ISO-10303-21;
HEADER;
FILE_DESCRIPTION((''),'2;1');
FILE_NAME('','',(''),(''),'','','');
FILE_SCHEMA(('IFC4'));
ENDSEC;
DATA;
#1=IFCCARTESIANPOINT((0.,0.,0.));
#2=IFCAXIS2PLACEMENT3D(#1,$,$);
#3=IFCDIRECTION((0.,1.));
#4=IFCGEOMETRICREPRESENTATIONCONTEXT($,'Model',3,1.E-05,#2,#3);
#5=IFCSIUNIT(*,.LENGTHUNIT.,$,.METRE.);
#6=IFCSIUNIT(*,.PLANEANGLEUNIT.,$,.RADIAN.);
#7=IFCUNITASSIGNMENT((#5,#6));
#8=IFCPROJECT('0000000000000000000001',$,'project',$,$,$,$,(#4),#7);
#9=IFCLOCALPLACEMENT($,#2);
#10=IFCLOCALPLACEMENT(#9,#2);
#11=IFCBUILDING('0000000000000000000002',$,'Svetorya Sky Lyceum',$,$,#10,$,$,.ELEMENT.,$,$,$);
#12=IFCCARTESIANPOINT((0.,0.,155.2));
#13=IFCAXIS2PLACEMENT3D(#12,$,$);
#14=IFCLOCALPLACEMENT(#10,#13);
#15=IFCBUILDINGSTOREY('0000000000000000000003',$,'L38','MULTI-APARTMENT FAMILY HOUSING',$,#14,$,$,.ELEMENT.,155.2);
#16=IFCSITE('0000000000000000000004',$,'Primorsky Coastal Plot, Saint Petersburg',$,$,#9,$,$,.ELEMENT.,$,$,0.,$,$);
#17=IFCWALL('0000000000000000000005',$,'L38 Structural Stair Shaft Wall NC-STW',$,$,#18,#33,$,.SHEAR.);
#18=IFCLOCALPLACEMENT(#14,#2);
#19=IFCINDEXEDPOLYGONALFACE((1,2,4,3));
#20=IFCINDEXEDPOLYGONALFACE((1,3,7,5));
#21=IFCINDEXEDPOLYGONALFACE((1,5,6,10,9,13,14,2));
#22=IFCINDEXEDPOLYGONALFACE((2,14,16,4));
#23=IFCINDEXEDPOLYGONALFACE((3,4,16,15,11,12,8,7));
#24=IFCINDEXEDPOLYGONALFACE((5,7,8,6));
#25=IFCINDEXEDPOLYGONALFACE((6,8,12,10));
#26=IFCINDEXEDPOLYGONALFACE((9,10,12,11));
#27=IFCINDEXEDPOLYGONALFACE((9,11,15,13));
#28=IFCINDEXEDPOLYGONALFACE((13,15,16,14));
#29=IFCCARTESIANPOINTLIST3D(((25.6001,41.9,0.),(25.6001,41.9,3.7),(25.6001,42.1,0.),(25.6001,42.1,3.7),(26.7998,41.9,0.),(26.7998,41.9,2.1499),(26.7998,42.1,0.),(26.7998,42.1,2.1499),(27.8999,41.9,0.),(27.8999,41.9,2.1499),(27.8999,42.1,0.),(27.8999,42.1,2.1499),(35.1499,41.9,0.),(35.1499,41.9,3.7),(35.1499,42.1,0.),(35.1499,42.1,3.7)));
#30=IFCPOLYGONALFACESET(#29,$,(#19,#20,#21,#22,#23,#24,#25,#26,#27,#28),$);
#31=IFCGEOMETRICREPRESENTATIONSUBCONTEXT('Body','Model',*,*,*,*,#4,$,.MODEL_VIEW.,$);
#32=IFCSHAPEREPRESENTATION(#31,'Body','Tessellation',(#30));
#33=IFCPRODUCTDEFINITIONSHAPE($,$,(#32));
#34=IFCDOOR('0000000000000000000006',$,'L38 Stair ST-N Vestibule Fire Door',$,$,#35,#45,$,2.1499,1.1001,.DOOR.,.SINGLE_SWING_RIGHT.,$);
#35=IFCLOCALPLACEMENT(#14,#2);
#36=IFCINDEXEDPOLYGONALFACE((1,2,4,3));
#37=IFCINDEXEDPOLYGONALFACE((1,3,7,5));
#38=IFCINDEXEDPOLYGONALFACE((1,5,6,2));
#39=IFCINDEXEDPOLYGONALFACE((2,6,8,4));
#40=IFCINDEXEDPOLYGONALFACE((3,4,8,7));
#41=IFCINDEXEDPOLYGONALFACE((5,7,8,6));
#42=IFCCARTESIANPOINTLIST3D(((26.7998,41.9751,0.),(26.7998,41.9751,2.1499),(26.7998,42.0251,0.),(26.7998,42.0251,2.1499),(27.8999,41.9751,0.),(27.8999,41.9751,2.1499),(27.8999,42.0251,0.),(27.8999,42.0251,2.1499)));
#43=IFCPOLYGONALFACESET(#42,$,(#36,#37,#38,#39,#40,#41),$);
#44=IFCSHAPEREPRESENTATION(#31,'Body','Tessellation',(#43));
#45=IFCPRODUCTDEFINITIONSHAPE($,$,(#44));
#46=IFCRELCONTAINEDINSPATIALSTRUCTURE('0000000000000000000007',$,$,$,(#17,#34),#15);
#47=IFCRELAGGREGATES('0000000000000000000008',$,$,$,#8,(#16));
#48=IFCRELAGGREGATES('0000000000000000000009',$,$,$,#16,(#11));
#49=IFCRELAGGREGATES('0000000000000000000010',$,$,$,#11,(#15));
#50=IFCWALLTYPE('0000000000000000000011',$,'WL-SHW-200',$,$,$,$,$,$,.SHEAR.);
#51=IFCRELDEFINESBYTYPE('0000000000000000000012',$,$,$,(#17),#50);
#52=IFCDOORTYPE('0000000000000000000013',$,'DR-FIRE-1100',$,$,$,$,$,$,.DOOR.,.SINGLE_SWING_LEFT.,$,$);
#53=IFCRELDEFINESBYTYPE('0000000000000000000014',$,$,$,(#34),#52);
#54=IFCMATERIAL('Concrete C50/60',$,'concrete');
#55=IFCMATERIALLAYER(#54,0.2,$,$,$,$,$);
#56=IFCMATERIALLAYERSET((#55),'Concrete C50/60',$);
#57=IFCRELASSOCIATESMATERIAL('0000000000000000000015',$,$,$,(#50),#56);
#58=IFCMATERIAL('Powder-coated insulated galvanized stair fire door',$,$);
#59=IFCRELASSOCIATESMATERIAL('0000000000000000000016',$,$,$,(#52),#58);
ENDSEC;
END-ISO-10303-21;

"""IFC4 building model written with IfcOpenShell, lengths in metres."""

from ifc_helpers import new_model, si_unit, direction, frame, frame_2d, origin, place, context, subcontext, project, spatial, rectangle, extrude, material, layer, layer_set, type_object, element, fill, save


model = new_model("IFC4")

# Units and contexts
model_context = context("Model", 3, precision=1e-05, world=origin(), true_north=direction((0.0, 1.0)))
body_context = subcontext(model_context, "Body", "Model", "MODEL_VIEW")
ifc_project = project(units=[si_unit("LENGTHUNIT", "METRE"), si_unit("PLANEANGLEUNIT", "RADIAN")], contexts=[model_context])

# Site, building, storey
site_placement = place(None, origin())
site = spatial("IfcSite", under=ifc_project, at=site_placement, Name="Primorsky Coastal Plot, Saint Petersburg", CompositionType="ELEMENT", RefElevation=0.0)
building_placement = place(site_placement, origin())
building = spatial("IfcBuilding", under=site, at=building_placement, Name="Svetorya Sky Lyceum", CompositionType="ELEMENT")
storey_placement = place(building_placement, frame((0.0, 0.0, 155.2)))
storey = spatial("IfcBuildingStorey", under=building, at=storey_placement, Name="L38", Description="MULTI-APARTMENT FAMILY HOUSING", CompositionType="ELEMENT", Elevation=155.2)

# Shared definitions
ifc_material_1 = material(Name="Concrete C50/60", Category="concrete")

# Wall, opening, door
ifc_layer_1 = layer(ifc_material_1, 0.2)
ifc_layer_set_1 = layer_set([ifc_layer_1], Name="Concrete C50/60")
wall_type_1 = type_object("IfcWallType", Name="WL-SHW-200", PredefinedType="SHEAR", material=ifc_layer_set_1)
wall_1_placement = place(storey_placement, frame((35.1499, 42.0, 0.0), z_axis=(0.0, 0.0, 1.0), x_axis=(-1.0, 0.0, 0.0)))
wall_1 = element("IfcWall", 1, at=wall_1_placement, inside=storey, type_object=wall_type_1, Name="L38 Structural Stair Shaft Wall NC-STW", PredefinedType="SHEAR", context=body_context, shape_type="SweptSolid", body=[
    extrude(rectangle(XDim=9.5498, YDim=0.2, at=frame_2d((4.7749, 0.0))), origin(), (0.0, 0.0, 1.0), 3.7),
])
opening_1_placement = place(wall_1_placement, frame((7.25, 0.0, 0.0)))
opening_1 = element("IfcOpeningElement", 2, at=opening_1_placement, cuts=wall_1, PredefinedType="OPENING", context=body_context, shape_type="SweptSolid", body=[
    extrude(rectangle(XDim=1.1001, YDim=2.1499, at=frame_2d((0.55, 1.075))), frame((0.0, 0.1099, 0.0), z_axis=(0.0, -1.0, 0.0), x_axis=(1.0, 0.0, 0.0)), (0.0, 0.0, 1.0), 0.22),
])
ifc_material_2 = material(Name="Powder-coated insulated galvanized stair fire door")
door_type_1 = type_object("IfcDoorType", Name="DR-FIRE-1100", OperationType="SINGLE_SWING_LEFT", PredefinedType="DOOR", material=ifc_material_2)
door_1_placement = place(opening_1_placement, origin())
door_1 = element("IfcDoor", 3, at=door_1_placement, inside=storey, type_object=door_type_1, Name="L38 Stair ST-N Vestibule Fire Door", OperationType="SINGLE_SWING_RIGHT", OverallHeight=2.1499, OverallWidth=1.1001, PredefinedType="DOOR", context=body_context, shape_type="SweptSolid", body=[
    extrude(rectangle(XDim=1.1001, YDim=2.1499, at=frame_2d((0.55, 1.075))), frame((0.0, 0.0249, 0.0), z_axis=(0.0, -1.0, 0.0), x_axis=(1.0, 0.0, 0.0)), (0.0, 0.0, 1.0), 0.05),
])
fill(opening_1, door_1)

save(model, "model.ifc")
